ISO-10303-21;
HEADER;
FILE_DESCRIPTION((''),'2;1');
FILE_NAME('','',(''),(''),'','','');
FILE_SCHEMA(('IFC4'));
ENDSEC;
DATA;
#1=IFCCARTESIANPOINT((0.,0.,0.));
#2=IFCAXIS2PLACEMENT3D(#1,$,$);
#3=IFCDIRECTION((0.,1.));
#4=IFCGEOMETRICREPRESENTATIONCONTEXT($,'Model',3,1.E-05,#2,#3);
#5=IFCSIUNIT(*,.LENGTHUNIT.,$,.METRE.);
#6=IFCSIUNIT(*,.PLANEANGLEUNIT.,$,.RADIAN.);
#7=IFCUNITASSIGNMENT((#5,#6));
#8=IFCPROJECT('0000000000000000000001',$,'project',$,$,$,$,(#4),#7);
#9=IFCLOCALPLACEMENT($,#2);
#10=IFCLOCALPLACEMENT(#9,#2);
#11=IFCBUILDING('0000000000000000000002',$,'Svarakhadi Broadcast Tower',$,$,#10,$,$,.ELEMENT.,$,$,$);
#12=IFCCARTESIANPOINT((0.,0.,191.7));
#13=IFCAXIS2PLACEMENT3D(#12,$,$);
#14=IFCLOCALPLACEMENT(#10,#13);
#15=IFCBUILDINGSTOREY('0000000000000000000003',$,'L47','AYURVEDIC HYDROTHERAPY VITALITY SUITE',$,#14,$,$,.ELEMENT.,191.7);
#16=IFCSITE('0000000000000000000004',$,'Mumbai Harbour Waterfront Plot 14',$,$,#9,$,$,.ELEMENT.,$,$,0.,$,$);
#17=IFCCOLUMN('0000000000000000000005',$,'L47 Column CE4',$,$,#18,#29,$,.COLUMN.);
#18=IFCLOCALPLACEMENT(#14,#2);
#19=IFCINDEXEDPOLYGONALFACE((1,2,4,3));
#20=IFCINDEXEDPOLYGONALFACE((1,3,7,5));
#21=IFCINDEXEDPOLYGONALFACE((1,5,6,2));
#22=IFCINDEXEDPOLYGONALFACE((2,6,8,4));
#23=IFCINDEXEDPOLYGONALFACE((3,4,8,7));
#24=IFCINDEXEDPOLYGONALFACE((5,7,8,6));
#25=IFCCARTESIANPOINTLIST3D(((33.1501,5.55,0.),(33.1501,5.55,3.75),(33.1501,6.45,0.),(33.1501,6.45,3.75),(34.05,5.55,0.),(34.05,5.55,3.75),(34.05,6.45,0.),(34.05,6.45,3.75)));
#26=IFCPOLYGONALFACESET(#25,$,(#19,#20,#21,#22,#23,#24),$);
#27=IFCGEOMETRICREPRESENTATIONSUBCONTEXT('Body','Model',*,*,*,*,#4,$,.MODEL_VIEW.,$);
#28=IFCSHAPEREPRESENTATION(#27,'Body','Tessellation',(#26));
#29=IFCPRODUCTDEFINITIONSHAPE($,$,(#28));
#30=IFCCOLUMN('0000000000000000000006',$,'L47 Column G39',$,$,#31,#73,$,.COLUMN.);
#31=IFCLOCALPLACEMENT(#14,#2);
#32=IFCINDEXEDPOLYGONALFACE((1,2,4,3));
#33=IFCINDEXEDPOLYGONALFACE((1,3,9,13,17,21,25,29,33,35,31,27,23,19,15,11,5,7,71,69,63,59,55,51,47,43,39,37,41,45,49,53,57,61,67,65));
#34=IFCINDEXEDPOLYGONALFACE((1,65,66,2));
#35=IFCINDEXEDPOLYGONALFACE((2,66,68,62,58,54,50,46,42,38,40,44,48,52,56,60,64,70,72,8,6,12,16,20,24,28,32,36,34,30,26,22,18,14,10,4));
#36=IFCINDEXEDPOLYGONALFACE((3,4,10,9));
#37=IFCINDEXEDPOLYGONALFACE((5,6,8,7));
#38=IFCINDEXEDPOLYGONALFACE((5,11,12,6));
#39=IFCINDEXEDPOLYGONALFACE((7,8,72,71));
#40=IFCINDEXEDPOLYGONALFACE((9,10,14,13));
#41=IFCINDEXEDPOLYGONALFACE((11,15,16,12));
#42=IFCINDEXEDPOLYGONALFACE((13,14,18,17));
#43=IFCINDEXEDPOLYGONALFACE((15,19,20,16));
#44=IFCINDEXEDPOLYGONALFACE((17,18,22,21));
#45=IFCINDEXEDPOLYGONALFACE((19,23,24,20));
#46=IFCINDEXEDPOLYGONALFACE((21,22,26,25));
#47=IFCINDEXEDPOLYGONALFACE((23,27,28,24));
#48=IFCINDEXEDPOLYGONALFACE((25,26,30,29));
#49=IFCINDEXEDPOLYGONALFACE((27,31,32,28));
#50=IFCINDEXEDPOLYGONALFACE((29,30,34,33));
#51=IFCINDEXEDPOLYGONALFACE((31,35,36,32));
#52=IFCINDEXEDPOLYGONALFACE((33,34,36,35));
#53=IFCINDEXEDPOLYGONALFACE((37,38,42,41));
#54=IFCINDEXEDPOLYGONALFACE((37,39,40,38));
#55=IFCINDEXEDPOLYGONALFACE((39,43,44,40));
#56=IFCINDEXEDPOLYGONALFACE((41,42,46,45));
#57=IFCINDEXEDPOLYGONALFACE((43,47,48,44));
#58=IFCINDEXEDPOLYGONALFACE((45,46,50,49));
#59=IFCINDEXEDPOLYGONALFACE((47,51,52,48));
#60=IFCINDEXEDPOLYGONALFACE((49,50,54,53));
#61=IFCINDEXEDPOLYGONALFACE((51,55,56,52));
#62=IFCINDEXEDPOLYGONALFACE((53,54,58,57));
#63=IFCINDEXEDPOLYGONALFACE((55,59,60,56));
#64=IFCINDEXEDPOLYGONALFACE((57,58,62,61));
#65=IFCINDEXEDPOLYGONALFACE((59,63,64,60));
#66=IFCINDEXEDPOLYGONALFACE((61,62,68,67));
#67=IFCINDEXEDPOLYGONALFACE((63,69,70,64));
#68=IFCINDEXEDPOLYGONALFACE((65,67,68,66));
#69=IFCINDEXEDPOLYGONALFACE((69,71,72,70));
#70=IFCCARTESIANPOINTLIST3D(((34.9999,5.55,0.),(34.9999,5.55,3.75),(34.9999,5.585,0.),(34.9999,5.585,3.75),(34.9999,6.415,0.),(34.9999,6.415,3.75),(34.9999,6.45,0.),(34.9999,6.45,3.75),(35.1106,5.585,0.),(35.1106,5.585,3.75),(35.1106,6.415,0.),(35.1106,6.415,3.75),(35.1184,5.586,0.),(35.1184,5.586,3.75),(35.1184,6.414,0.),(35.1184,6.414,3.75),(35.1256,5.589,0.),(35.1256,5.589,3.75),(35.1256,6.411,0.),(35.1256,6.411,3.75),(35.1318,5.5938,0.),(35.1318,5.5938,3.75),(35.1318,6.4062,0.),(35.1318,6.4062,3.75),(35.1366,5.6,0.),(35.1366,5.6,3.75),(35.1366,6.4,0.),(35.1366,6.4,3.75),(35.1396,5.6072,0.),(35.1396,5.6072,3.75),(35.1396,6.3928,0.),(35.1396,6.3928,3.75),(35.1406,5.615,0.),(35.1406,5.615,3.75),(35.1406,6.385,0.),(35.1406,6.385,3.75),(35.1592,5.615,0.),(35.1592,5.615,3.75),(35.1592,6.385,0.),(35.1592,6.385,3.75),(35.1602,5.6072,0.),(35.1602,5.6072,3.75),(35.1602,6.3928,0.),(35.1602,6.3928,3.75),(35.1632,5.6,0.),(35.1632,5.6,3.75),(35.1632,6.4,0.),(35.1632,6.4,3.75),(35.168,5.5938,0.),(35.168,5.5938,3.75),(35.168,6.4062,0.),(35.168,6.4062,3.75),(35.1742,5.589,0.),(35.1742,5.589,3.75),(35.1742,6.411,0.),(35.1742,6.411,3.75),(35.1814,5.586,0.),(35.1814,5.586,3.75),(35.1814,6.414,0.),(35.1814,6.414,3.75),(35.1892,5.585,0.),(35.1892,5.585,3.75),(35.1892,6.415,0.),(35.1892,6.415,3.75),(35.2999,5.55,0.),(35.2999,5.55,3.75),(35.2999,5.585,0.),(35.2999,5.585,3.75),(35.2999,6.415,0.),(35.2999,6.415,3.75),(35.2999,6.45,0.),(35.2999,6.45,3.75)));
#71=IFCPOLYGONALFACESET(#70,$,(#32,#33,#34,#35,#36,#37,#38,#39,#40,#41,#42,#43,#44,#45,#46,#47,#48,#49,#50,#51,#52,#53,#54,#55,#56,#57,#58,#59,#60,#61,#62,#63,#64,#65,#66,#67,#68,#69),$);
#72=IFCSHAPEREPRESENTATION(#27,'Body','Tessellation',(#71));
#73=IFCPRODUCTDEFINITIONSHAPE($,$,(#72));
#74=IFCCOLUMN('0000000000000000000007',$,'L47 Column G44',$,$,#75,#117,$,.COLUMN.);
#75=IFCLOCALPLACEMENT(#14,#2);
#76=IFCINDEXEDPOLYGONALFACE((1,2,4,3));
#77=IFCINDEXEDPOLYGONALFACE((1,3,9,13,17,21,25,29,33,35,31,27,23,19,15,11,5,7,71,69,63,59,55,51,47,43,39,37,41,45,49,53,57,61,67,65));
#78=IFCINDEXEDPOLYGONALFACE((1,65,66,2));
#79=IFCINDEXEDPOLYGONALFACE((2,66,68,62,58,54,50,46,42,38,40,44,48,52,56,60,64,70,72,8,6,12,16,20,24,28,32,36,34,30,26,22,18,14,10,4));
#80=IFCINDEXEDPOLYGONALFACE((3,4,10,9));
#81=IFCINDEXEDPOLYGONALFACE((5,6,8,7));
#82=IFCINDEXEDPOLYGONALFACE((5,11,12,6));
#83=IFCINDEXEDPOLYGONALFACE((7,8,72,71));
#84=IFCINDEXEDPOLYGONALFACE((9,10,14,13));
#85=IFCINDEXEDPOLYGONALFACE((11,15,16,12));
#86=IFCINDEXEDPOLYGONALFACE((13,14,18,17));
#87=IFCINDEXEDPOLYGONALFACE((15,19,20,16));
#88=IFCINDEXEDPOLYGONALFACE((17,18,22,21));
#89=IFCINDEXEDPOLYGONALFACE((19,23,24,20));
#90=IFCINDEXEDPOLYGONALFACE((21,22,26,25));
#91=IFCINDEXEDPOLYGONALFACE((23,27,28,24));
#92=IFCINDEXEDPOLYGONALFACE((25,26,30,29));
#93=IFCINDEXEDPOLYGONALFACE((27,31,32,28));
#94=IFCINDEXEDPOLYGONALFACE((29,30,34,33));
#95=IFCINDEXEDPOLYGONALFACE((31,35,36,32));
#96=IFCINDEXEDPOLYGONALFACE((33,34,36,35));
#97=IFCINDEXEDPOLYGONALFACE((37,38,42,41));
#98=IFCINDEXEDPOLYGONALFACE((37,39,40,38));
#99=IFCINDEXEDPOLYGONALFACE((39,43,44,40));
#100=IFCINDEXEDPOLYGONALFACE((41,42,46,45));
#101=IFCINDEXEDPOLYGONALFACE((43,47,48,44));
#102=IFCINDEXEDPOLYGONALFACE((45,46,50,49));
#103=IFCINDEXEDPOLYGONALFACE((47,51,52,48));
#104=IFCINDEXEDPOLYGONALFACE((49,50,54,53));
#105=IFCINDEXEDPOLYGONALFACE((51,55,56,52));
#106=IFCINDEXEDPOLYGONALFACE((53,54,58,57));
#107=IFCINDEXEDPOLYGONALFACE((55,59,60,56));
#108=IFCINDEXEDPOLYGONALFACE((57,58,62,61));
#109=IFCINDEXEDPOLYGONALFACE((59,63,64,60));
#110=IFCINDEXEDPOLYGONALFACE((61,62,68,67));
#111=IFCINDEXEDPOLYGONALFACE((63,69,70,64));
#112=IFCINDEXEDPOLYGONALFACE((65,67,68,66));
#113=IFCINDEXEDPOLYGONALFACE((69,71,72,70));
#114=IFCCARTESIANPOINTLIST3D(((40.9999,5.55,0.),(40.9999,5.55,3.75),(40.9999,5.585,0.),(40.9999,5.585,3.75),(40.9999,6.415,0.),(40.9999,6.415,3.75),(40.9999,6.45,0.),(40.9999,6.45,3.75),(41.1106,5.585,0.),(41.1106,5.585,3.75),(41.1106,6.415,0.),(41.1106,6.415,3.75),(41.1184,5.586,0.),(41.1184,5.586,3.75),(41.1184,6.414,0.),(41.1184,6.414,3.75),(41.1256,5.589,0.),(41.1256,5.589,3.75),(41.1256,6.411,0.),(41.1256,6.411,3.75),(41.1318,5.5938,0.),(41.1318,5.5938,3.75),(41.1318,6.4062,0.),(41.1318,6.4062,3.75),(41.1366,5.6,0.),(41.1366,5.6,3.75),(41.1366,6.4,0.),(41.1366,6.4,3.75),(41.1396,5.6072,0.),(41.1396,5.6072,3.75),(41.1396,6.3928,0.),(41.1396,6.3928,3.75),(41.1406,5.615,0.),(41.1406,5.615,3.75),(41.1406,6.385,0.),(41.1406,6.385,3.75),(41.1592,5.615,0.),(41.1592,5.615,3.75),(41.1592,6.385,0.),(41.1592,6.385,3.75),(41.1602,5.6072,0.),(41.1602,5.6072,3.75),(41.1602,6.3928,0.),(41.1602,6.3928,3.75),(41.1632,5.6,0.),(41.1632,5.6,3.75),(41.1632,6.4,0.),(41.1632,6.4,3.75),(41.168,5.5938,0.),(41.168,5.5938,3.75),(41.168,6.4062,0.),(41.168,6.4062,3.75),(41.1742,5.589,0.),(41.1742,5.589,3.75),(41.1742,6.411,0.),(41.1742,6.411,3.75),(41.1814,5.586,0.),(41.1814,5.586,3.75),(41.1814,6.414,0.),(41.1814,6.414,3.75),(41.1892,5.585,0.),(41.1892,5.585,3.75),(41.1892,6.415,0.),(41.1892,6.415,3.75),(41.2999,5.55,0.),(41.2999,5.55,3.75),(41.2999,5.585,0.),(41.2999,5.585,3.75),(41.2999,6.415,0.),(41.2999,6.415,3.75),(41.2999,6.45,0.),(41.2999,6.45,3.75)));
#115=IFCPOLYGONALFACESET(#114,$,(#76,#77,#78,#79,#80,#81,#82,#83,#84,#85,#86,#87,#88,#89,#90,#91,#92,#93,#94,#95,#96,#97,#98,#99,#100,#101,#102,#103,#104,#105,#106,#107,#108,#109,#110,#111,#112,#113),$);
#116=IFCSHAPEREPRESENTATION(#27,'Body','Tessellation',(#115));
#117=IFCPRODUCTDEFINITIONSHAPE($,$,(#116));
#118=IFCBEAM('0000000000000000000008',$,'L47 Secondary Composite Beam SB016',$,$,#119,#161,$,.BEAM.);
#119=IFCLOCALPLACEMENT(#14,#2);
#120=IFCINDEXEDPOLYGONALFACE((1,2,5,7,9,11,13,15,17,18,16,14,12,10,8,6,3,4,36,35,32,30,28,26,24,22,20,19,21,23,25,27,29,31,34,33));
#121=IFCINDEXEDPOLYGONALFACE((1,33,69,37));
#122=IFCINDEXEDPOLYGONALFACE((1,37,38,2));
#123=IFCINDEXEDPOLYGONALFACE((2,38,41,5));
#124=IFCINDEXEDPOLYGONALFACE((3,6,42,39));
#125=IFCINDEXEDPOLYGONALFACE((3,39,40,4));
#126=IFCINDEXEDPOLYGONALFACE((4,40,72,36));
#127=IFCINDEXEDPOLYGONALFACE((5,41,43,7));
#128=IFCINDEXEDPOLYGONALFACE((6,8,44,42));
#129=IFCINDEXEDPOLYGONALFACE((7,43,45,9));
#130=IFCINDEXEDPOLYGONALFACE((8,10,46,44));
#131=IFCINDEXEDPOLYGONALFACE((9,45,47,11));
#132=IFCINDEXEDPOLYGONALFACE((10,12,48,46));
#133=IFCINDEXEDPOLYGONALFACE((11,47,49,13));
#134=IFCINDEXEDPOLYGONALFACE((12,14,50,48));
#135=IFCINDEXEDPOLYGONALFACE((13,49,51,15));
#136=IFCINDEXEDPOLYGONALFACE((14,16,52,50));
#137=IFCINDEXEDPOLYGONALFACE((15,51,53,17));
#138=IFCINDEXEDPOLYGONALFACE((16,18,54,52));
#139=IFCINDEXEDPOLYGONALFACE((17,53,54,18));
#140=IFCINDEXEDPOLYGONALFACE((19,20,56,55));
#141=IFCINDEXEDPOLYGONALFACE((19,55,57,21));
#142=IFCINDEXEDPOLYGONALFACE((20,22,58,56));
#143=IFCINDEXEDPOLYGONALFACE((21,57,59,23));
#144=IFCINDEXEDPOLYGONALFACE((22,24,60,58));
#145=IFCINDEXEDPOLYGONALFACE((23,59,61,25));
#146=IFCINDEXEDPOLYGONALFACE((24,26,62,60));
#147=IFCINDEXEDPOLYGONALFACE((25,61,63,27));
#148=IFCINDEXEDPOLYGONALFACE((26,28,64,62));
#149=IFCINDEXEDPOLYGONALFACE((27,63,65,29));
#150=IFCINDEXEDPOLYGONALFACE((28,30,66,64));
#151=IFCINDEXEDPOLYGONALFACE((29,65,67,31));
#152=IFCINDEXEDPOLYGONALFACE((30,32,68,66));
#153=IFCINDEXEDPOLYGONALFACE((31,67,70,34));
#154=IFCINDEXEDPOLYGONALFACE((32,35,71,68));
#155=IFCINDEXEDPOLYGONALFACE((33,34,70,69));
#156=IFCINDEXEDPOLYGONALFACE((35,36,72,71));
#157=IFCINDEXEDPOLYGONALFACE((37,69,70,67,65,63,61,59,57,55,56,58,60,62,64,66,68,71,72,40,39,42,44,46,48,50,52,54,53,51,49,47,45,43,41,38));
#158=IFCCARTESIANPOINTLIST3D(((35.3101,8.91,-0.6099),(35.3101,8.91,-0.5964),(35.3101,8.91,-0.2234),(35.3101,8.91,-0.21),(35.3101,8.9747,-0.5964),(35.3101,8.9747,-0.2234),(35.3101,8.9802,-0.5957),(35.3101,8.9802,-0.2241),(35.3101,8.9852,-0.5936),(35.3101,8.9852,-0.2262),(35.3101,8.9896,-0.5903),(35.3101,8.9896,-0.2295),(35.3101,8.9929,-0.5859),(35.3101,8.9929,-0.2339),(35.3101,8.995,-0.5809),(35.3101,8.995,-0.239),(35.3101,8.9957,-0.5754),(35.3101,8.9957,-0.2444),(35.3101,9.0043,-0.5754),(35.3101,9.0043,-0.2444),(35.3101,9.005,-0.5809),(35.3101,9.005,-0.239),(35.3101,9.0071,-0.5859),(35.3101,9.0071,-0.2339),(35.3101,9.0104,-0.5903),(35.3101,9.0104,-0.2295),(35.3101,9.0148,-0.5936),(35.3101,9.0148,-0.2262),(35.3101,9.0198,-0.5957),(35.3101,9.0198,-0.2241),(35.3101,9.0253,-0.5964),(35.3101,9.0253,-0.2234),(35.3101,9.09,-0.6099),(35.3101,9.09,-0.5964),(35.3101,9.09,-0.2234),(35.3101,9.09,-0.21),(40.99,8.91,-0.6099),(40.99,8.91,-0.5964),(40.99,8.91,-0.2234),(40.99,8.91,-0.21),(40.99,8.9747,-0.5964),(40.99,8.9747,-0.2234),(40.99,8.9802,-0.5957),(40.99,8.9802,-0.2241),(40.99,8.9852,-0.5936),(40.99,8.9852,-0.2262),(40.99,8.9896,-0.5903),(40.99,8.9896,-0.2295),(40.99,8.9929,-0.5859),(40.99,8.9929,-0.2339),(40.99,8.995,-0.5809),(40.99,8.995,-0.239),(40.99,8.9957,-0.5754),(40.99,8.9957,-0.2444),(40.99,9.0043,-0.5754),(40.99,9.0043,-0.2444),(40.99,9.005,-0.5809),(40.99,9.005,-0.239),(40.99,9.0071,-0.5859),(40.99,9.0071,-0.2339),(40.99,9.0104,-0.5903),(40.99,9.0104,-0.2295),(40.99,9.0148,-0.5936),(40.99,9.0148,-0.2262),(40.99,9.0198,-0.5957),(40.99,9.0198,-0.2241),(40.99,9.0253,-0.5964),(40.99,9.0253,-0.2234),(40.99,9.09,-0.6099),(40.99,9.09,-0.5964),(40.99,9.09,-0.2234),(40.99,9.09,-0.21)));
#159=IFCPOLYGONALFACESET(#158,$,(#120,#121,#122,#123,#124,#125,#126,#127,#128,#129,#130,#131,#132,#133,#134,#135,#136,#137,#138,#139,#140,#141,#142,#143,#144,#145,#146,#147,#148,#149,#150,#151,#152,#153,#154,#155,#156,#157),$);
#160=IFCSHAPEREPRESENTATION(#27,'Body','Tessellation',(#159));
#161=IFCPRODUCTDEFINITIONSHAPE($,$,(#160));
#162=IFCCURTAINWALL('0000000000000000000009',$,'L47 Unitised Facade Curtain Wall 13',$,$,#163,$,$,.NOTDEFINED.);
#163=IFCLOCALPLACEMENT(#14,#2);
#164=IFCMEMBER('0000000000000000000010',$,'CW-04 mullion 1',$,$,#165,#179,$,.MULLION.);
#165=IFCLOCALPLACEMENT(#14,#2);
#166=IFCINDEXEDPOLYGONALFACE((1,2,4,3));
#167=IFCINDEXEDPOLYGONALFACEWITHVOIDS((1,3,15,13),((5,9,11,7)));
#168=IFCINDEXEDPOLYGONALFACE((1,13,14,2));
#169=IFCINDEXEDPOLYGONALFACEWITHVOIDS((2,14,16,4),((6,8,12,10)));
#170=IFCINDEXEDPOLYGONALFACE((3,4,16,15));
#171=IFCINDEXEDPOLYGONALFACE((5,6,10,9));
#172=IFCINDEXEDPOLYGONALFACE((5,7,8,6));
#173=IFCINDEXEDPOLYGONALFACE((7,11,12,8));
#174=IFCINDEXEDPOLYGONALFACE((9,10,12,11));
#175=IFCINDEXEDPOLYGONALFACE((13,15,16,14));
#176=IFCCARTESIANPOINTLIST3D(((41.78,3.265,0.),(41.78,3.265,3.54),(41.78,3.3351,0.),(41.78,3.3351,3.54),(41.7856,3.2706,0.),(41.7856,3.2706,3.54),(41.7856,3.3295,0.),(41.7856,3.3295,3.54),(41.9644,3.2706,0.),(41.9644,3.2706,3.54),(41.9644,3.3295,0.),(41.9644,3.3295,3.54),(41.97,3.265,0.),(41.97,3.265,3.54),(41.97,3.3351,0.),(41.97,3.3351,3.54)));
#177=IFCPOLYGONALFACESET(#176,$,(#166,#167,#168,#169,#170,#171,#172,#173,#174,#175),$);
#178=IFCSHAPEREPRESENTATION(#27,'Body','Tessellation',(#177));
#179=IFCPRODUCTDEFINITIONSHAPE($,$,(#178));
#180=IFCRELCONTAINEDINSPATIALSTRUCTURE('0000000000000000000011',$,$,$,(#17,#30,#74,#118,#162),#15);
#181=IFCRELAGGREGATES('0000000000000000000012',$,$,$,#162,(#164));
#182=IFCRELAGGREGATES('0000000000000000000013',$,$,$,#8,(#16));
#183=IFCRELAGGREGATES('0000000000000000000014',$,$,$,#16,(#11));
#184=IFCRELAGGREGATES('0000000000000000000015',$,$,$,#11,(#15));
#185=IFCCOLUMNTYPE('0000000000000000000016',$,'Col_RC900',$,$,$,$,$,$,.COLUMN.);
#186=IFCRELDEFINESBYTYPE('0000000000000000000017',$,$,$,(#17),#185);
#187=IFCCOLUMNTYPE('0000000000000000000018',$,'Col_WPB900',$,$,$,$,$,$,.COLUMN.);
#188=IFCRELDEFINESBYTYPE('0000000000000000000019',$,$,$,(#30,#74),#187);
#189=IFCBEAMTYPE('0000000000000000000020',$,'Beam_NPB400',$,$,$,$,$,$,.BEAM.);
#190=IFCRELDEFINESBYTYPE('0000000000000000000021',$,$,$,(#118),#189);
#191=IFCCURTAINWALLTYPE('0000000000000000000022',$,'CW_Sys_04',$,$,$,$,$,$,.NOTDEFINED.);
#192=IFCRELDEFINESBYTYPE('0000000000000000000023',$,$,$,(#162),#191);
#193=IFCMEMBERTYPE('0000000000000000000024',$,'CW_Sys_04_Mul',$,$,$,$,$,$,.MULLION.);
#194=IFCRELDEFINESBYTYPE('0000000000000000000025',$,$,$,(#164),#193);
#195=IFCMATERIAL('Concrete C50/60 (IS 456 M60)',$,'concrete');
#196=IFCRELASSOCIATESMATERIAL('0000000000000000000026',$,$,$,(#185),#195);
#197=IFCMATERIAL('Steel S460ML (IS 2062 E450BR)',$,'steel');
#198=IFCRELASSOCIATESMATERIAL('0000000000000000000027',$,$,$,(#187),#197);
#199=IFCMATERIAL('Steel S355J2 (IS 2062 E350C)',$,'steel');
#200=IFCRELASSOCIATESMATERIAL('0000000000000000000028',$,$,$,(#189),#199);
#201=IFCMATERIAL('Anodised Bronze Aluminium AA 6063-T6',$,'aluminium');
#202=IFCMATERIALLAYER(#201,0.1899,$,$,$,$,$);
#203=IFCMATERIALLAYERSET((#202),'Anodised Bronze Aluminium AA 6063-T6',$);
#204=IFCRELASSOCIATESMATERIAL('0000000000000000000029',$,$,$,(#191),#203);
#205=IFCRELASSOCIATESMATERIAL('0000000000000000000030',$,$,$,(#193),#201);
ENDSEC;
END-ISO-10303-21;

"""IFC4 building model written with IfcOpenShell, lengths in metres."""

from ifc_helpers import new_model, si_unit, direction, frame, origin, origin_2d, place, context, subcontext, project, spatial, rectangle, hollow_rectangle, i_section, extrude, material, layer, layer_set, material_profile, profile_set, type_object, element, aggregate, save


model = new_model("IFC4")

# Units and contexts
model_context = context("Model", 3, precision=1e-05, world=origin(), true_north=direction((0.0, 1.0)))
body_context = subcontext(model_context, "Body", "Model", "MODEL_VIEW")
ifc_project = project(units=[si_unit("LENGTHUNIT", "METRE"), si_unit("PLANEANGLEUNIT", "RADIAN")], contexts=[model_context])

# Site, building, storey
site_placement = place(None, origin())
site = spatial("IfcSite", under=ifc_project, at=site_placement, Name="Mumbai Harbour Waterfront Plot 14", CompositionType="ELEMENT", RefElevation=0.0)
building_placement = place(site_placement, origin())
building = spatial("IfcBuilding", under=site, at=building_placement, Name="Svarakhadi Broadcast Tower", CompositionType="ELEMENT")
storey_placement = place(building_placement, frame((0.0, 0.0, 191.7)))
storey = spatial("IfcBuildingStorey", under=building, at=storey_placement, Name="L47", Description="AYURVEDIC HYDROTHERAPY VITALITY SUITE", CompositionType="ELEMENT", Elevation=191.7)

# Columns
ifc_material_1 = material(Name="Concrete C50/60 (IS 456 M60)", Category="concrete")
ifc_material_profile_1 = material_profile(ifc_material_1, rectangle(XDim=0.8999, YDim=0.8999, at=origin_2d()), Name="RC 900x900")
ifc_profile_set_1 = profile_set([ifc_material_profile_1], Name="Concrete C50/60 (IS 456 M60)")
column_type_1 = type_object("IfcColumnType", Name="Col_RC900", PredefinedType="COLUMN", material=ifc_profile_set_1)
column_placement = place(storey_placement, frame((33.6001, 6.0, 0.0), z_axis=(0.0, 0.0, 1.0), x_axis=(1.0, 0.0, 0.0)))
element("IfcColumn", 1, at=column_placement, inside=storey, type_object=column_type_1, Name="L47 Column CE4", PredefinedType="COLUMN", context=body_context, shape_type="SweptSolid", body=[
    extrude(rectangle(XDim=0.8999, YDim=0.8999, at=origin_2d()), origin(), (0.0, 0.0, 1.0), 3.75),
])
ifc_material_2 = material(Name="Steel S460ML (IS 2062 E450BR)", Category="steel")
ifc_material_profile_2 = material_profile(ifc_material_2, i_section(OverallWidth=0.3, OverallDepth=0.8999, WebThickness=0.0186, FlangeThickness=0.0349, FilletRadius=0.03, at=origin_2d()), Name="WPB 900x300x291")
ifc_profile_set_2 = profile_set([ifc_material_profile_2], Name="Steel S460ML (IS 2062 E450BR)")
column_type_2 = type_object("IfcColumnType", Name="Col_WPB900", PredefinedType="COLUMN", material=ifc_profile_set_2)
for number, where, z_axis, x_axis, name in (
    (2, (35.1499, 6.0, 0.0), (0.0, 0.0, 1.0), (1.0, 0.0, 0.0), "L47 Column G39"),
    (3, (41.1499, 6.0, 0.0), (0.0, 0.0, 1.0), (1.0, 0.0, 0.0), "L47 Column G44"),
):
    element("IfcColumn", number, at=place(storey_placement, frame(where, z_axis=z_axis, x_axis=x_axis)), inside=storey, type_object=column_type_2, Name=name, PredefinedType="COLUMN", context=body_context, shape_type="SweptSolid", body=[
        extrude(i_section(OverallWidth=0.3, OverallDepth=0.8999, WebThickness=0.0186, FlangeThickness=0.0349, FilletRadius=0.03, at=origin_2d()), origin(), (0.0, 0.0, 1.0), 3.75),
    ])

# Beam
ifc_material_3 = material(Name="Steel S355J2 (IS 2062 E350C)", Category="steel")
ifc_material_profile_3 = material_profile(ifc_material_3, i_section(OverallWidth=0.1799, OverallDepth=0.3999, WebThickness=0.0085, FlangeThickness=0.0134, FilletRadius=0.021, at=origin_2d()), Name="NPB 400x180x66")
ifc_profile_set_3 = profile_set([ifc_material_profile_3], Name="Steel S355J2 (IS 2062 E350C)")
beam_type_1 = type_object("IfcBeamType", Name="Beam_NPB400", PredefinedType="BEAM", material=ifc_profile_set_3)
beam_1_placement = place(storey_placement, frame((35.3101, 9.0, -0.4099), z_axis=(1.0, 0.0, 0.0), x_axis=(0.0, 1.0, 0.0)))
element("IfcBeam", 4, at=beam_1_placement, inside=storey, type_object=beam_type_1, Name="L47 Secondary Composite Beam SB016", PredefinedType="BEAM", context=body_context, shape_type="SweptSolid", body=[
    extrude(i_section(OverallWidth=0.1799, OverallDepth=0.3999, WebThickness=0.0085, FlangeThickness=0.0134, FilletRadius=0.021, at=origin_2d()), origin(), (0.0, 0.0, 1.0), 5.6799),
])

# Curtain wall, member
ifc_material_4 = material(Name="Anodised Bronze Aluminium AA 6063-T6", Category="aluminium")
ifc_layer_1 = layer(ifc_material_4, 0.1899)
ifc_layer_set_1 = layer_set([ifc_layer_1], Name="Anodised Bronze Aluminium AA 6063-T6")
curtain_wall_type = type_object("IfcCurtainWallType", Name="CW_Sys_04", PredefinedType="NOTDEFINED", material=ifc_layer_set_1)
curtain_wall_placement = place(storey_placement, origin())
curtain_wall = element("IfcCurtainWall", 5, at=curtain_wall_placement, inside=storey, type_object=curtain_wall_type, Name="L47 Unitised Facade Curtain Wall 13", PredefinedType="NOTDEFINED")
ifc_material_profile_4 = material_profile(ifc_material_4, hollow_rectangle(XDim=0.0701, YDim=0.1899, WallThickness=0.0056, at=origin_2d()), Name="ALU MULLION 190x70x6")
ifc_profile_set_4 = profile_set([ifc_material_profile_4], Name="Anodised Bronze Aluminium AA 6063-T6")
member_type_1 = type_object("IfcMemberType", Name="CW_Sys_04_Mul", PredefinedType="MULLION", material=ifc_profile_set_4)
member_1_placement = place(storey_placement, frame((41.875, 3.3, 0.0), z_axis=(0.0, 0.0, 1.0), x_axis=(0.0, -1.0, 0.0)))
member_1 = element("IfcMember", 6, at=member_1_placement, type_object=member_type_1, Name="CW-04 mullion 1", PredefinedType="MULLION", context=body_context, shape_type="SweptSolid", body=[
    extrude(hollow_rectangle(XDim=0.0701, YDim=0.1899, WallThickness=0.0056, at=origin_2d()), origin(), (0.0, 0.0, 1.0), 3.54),
])

aggregate(curtain_wall, [member_1])

save(model, "model.ifc")
